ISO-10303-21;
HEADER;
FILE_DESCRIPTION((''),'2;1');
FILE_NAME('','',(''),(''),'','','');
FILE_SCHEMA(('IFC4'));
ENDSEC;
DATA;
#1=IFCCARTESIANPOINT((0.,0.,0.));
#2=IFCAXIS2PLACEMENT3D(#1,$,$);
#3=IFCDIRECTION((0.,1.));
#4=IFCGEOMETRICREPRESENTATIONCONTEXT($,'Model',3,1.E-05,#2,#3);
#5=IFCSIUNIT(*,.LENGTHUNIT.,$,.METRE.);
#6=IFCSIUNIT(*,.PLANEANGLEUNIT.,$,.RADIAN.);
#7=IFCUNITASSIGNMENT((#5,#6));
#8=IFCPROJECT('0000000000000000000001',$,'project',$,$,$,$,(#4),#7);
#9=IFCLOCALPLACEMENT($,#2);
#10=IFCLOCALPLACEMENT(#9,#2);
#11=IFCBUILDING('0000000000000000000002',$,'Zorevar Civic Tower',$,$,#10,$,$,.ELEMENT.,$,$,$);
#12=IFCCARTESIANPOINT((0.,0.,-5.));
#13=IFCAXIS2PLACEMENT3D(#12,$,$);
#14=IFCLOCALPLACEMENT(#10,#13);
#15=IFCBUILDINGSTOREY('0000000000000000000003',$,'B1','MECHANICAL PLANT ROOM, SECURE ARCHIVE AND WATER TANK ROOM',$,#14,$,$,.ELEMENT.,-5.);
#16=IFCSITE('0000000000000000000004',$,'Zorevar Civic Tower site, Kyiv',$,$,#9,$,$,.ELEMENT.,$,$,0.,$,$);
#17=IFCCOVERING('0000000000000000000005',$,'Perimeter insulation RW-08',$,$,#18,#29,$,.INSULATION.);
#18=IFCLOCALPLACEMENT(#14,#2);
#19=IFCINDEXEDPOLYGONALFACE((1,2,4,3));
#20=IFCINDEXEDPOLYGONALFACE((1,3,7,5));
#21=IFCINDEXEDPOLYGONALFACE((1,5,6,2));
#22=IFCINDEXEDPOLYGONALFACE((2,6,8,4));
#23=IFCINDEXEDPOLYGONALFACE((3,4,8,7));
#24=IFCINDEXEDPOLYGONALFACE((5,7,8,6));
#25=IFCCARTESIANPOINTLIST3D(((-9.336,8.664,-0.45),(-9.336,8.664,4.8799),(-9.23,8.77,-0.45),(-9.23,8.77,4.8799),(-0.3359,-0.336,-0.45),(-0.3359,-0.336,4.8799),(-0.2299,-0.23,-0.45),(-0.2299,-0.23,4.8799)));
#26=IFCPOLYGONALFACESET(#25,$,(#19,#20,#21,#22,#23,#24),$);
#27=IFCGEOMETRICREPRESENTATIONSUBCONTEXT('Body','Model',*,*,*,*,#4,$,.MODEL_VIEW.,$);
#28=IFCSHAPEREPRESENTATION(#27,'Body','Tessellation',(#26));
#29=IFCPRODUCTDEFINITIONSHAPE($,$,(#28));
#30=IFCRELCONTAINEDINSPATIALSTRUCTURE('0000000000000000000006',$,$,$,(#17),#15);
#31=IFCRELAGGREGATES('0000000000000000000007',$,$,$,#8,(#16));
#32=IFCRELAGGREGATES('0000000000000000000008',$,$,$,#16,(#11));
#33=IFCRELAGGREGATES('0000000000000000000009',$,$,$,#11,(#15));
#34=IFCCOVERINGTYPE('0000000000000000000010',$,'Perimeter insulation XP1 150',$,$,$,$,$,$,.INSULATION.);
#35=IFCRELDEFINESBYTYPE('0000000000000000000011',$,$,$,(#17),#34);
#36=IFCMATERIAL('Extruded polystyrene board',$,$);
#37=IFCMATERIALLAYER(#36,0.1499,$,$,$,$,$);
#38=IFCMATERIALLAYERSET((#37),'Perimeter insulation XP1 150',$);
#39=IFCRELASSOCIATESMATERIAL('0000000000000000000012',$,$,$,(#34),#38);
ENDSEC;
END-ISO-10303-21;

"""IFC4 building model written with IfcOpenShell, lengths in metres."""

from ifc_helpers import new_model, si_unit, direction, frame, frame_2d, origin, place, context, subcontext, project, spatial, rectangle, extrude, material, layer, layer_set, type_object, element, save


model = new_model("IFC4")

# Units and contexts
model_context = context("Model", 3, precision=1e-05, world=origin(), true_north=direction((0.0, 1.0)))
body_context = subcontext(model_context, "Body", "Model", "MODEL_VIEW")
ifc_project = project(units=[si_unit("LENGTHUNIT", "METRE"), si_unit("PLANEANGLEUNIT", "RADIAN")], contexts=[model_context])

# Site, building, storey
site_placement = place(None, origin())
site = spatial("IfcSite", under=ifc_project, at=site_placement, Name="Zorevar Civic Tower site, Kyiv", CompositionType="ELEMENT", RefElevation=0.0)
building_placement = place(site_placement, origin())
building = spatial("IfcBuilding", under=site, at=building_placement, Name="Zorevar Civic Tower", CompositionType="ELEMENT")
storey_placement = place(building_placement, frame((0.0, 0.0, -5.0)))
storey = spatial("IfcBuildingStorey", under=building, at=storey_placement, Name="B1", Description="MECHANICAL PLANT ROOM, SECURE ARCHIVE AND WATER TANK ROOM", CompositionType="ELEMENT", Elevation=-5.0)

# Covering
ifc_material_1 = material(Name="Extruded polystyrene board")
ifc_layer_1 = layer(ifc_material_1, 0.1499)
ifc_layer_set_1 = layer_set([ifc_layer_1], Name="Perimeter insulation XP1 150")
covering_type = type_object("IfcCoveringType", Name="Perimeter insulation XP1 150", PredefinedType="INSULATION", material=ifc_layer_set_1)
covering_placement = place(storey_placement, frame((-9.283, 8.717, -0.45), z_axis=(0.0, 0.0, 1.0), x_axis=(0.707107, -0.707107, 0.0)))
element("IfcCovering", 1, at=covering_placement, inside=storey, type_object=covering_type, Name="Perimeter insulation RW-08", PredefinedType="INSULATION", context=body_context, shape_type="SweptSolid", body=[
    extrude(rectangle(XDim=12.728, YDim=0.1499, at=frame_2d((6.364, 0.0))), origin(), (0.0, 0.0, 1.0), 5.3298),
])

save(model, "model.ifc")
